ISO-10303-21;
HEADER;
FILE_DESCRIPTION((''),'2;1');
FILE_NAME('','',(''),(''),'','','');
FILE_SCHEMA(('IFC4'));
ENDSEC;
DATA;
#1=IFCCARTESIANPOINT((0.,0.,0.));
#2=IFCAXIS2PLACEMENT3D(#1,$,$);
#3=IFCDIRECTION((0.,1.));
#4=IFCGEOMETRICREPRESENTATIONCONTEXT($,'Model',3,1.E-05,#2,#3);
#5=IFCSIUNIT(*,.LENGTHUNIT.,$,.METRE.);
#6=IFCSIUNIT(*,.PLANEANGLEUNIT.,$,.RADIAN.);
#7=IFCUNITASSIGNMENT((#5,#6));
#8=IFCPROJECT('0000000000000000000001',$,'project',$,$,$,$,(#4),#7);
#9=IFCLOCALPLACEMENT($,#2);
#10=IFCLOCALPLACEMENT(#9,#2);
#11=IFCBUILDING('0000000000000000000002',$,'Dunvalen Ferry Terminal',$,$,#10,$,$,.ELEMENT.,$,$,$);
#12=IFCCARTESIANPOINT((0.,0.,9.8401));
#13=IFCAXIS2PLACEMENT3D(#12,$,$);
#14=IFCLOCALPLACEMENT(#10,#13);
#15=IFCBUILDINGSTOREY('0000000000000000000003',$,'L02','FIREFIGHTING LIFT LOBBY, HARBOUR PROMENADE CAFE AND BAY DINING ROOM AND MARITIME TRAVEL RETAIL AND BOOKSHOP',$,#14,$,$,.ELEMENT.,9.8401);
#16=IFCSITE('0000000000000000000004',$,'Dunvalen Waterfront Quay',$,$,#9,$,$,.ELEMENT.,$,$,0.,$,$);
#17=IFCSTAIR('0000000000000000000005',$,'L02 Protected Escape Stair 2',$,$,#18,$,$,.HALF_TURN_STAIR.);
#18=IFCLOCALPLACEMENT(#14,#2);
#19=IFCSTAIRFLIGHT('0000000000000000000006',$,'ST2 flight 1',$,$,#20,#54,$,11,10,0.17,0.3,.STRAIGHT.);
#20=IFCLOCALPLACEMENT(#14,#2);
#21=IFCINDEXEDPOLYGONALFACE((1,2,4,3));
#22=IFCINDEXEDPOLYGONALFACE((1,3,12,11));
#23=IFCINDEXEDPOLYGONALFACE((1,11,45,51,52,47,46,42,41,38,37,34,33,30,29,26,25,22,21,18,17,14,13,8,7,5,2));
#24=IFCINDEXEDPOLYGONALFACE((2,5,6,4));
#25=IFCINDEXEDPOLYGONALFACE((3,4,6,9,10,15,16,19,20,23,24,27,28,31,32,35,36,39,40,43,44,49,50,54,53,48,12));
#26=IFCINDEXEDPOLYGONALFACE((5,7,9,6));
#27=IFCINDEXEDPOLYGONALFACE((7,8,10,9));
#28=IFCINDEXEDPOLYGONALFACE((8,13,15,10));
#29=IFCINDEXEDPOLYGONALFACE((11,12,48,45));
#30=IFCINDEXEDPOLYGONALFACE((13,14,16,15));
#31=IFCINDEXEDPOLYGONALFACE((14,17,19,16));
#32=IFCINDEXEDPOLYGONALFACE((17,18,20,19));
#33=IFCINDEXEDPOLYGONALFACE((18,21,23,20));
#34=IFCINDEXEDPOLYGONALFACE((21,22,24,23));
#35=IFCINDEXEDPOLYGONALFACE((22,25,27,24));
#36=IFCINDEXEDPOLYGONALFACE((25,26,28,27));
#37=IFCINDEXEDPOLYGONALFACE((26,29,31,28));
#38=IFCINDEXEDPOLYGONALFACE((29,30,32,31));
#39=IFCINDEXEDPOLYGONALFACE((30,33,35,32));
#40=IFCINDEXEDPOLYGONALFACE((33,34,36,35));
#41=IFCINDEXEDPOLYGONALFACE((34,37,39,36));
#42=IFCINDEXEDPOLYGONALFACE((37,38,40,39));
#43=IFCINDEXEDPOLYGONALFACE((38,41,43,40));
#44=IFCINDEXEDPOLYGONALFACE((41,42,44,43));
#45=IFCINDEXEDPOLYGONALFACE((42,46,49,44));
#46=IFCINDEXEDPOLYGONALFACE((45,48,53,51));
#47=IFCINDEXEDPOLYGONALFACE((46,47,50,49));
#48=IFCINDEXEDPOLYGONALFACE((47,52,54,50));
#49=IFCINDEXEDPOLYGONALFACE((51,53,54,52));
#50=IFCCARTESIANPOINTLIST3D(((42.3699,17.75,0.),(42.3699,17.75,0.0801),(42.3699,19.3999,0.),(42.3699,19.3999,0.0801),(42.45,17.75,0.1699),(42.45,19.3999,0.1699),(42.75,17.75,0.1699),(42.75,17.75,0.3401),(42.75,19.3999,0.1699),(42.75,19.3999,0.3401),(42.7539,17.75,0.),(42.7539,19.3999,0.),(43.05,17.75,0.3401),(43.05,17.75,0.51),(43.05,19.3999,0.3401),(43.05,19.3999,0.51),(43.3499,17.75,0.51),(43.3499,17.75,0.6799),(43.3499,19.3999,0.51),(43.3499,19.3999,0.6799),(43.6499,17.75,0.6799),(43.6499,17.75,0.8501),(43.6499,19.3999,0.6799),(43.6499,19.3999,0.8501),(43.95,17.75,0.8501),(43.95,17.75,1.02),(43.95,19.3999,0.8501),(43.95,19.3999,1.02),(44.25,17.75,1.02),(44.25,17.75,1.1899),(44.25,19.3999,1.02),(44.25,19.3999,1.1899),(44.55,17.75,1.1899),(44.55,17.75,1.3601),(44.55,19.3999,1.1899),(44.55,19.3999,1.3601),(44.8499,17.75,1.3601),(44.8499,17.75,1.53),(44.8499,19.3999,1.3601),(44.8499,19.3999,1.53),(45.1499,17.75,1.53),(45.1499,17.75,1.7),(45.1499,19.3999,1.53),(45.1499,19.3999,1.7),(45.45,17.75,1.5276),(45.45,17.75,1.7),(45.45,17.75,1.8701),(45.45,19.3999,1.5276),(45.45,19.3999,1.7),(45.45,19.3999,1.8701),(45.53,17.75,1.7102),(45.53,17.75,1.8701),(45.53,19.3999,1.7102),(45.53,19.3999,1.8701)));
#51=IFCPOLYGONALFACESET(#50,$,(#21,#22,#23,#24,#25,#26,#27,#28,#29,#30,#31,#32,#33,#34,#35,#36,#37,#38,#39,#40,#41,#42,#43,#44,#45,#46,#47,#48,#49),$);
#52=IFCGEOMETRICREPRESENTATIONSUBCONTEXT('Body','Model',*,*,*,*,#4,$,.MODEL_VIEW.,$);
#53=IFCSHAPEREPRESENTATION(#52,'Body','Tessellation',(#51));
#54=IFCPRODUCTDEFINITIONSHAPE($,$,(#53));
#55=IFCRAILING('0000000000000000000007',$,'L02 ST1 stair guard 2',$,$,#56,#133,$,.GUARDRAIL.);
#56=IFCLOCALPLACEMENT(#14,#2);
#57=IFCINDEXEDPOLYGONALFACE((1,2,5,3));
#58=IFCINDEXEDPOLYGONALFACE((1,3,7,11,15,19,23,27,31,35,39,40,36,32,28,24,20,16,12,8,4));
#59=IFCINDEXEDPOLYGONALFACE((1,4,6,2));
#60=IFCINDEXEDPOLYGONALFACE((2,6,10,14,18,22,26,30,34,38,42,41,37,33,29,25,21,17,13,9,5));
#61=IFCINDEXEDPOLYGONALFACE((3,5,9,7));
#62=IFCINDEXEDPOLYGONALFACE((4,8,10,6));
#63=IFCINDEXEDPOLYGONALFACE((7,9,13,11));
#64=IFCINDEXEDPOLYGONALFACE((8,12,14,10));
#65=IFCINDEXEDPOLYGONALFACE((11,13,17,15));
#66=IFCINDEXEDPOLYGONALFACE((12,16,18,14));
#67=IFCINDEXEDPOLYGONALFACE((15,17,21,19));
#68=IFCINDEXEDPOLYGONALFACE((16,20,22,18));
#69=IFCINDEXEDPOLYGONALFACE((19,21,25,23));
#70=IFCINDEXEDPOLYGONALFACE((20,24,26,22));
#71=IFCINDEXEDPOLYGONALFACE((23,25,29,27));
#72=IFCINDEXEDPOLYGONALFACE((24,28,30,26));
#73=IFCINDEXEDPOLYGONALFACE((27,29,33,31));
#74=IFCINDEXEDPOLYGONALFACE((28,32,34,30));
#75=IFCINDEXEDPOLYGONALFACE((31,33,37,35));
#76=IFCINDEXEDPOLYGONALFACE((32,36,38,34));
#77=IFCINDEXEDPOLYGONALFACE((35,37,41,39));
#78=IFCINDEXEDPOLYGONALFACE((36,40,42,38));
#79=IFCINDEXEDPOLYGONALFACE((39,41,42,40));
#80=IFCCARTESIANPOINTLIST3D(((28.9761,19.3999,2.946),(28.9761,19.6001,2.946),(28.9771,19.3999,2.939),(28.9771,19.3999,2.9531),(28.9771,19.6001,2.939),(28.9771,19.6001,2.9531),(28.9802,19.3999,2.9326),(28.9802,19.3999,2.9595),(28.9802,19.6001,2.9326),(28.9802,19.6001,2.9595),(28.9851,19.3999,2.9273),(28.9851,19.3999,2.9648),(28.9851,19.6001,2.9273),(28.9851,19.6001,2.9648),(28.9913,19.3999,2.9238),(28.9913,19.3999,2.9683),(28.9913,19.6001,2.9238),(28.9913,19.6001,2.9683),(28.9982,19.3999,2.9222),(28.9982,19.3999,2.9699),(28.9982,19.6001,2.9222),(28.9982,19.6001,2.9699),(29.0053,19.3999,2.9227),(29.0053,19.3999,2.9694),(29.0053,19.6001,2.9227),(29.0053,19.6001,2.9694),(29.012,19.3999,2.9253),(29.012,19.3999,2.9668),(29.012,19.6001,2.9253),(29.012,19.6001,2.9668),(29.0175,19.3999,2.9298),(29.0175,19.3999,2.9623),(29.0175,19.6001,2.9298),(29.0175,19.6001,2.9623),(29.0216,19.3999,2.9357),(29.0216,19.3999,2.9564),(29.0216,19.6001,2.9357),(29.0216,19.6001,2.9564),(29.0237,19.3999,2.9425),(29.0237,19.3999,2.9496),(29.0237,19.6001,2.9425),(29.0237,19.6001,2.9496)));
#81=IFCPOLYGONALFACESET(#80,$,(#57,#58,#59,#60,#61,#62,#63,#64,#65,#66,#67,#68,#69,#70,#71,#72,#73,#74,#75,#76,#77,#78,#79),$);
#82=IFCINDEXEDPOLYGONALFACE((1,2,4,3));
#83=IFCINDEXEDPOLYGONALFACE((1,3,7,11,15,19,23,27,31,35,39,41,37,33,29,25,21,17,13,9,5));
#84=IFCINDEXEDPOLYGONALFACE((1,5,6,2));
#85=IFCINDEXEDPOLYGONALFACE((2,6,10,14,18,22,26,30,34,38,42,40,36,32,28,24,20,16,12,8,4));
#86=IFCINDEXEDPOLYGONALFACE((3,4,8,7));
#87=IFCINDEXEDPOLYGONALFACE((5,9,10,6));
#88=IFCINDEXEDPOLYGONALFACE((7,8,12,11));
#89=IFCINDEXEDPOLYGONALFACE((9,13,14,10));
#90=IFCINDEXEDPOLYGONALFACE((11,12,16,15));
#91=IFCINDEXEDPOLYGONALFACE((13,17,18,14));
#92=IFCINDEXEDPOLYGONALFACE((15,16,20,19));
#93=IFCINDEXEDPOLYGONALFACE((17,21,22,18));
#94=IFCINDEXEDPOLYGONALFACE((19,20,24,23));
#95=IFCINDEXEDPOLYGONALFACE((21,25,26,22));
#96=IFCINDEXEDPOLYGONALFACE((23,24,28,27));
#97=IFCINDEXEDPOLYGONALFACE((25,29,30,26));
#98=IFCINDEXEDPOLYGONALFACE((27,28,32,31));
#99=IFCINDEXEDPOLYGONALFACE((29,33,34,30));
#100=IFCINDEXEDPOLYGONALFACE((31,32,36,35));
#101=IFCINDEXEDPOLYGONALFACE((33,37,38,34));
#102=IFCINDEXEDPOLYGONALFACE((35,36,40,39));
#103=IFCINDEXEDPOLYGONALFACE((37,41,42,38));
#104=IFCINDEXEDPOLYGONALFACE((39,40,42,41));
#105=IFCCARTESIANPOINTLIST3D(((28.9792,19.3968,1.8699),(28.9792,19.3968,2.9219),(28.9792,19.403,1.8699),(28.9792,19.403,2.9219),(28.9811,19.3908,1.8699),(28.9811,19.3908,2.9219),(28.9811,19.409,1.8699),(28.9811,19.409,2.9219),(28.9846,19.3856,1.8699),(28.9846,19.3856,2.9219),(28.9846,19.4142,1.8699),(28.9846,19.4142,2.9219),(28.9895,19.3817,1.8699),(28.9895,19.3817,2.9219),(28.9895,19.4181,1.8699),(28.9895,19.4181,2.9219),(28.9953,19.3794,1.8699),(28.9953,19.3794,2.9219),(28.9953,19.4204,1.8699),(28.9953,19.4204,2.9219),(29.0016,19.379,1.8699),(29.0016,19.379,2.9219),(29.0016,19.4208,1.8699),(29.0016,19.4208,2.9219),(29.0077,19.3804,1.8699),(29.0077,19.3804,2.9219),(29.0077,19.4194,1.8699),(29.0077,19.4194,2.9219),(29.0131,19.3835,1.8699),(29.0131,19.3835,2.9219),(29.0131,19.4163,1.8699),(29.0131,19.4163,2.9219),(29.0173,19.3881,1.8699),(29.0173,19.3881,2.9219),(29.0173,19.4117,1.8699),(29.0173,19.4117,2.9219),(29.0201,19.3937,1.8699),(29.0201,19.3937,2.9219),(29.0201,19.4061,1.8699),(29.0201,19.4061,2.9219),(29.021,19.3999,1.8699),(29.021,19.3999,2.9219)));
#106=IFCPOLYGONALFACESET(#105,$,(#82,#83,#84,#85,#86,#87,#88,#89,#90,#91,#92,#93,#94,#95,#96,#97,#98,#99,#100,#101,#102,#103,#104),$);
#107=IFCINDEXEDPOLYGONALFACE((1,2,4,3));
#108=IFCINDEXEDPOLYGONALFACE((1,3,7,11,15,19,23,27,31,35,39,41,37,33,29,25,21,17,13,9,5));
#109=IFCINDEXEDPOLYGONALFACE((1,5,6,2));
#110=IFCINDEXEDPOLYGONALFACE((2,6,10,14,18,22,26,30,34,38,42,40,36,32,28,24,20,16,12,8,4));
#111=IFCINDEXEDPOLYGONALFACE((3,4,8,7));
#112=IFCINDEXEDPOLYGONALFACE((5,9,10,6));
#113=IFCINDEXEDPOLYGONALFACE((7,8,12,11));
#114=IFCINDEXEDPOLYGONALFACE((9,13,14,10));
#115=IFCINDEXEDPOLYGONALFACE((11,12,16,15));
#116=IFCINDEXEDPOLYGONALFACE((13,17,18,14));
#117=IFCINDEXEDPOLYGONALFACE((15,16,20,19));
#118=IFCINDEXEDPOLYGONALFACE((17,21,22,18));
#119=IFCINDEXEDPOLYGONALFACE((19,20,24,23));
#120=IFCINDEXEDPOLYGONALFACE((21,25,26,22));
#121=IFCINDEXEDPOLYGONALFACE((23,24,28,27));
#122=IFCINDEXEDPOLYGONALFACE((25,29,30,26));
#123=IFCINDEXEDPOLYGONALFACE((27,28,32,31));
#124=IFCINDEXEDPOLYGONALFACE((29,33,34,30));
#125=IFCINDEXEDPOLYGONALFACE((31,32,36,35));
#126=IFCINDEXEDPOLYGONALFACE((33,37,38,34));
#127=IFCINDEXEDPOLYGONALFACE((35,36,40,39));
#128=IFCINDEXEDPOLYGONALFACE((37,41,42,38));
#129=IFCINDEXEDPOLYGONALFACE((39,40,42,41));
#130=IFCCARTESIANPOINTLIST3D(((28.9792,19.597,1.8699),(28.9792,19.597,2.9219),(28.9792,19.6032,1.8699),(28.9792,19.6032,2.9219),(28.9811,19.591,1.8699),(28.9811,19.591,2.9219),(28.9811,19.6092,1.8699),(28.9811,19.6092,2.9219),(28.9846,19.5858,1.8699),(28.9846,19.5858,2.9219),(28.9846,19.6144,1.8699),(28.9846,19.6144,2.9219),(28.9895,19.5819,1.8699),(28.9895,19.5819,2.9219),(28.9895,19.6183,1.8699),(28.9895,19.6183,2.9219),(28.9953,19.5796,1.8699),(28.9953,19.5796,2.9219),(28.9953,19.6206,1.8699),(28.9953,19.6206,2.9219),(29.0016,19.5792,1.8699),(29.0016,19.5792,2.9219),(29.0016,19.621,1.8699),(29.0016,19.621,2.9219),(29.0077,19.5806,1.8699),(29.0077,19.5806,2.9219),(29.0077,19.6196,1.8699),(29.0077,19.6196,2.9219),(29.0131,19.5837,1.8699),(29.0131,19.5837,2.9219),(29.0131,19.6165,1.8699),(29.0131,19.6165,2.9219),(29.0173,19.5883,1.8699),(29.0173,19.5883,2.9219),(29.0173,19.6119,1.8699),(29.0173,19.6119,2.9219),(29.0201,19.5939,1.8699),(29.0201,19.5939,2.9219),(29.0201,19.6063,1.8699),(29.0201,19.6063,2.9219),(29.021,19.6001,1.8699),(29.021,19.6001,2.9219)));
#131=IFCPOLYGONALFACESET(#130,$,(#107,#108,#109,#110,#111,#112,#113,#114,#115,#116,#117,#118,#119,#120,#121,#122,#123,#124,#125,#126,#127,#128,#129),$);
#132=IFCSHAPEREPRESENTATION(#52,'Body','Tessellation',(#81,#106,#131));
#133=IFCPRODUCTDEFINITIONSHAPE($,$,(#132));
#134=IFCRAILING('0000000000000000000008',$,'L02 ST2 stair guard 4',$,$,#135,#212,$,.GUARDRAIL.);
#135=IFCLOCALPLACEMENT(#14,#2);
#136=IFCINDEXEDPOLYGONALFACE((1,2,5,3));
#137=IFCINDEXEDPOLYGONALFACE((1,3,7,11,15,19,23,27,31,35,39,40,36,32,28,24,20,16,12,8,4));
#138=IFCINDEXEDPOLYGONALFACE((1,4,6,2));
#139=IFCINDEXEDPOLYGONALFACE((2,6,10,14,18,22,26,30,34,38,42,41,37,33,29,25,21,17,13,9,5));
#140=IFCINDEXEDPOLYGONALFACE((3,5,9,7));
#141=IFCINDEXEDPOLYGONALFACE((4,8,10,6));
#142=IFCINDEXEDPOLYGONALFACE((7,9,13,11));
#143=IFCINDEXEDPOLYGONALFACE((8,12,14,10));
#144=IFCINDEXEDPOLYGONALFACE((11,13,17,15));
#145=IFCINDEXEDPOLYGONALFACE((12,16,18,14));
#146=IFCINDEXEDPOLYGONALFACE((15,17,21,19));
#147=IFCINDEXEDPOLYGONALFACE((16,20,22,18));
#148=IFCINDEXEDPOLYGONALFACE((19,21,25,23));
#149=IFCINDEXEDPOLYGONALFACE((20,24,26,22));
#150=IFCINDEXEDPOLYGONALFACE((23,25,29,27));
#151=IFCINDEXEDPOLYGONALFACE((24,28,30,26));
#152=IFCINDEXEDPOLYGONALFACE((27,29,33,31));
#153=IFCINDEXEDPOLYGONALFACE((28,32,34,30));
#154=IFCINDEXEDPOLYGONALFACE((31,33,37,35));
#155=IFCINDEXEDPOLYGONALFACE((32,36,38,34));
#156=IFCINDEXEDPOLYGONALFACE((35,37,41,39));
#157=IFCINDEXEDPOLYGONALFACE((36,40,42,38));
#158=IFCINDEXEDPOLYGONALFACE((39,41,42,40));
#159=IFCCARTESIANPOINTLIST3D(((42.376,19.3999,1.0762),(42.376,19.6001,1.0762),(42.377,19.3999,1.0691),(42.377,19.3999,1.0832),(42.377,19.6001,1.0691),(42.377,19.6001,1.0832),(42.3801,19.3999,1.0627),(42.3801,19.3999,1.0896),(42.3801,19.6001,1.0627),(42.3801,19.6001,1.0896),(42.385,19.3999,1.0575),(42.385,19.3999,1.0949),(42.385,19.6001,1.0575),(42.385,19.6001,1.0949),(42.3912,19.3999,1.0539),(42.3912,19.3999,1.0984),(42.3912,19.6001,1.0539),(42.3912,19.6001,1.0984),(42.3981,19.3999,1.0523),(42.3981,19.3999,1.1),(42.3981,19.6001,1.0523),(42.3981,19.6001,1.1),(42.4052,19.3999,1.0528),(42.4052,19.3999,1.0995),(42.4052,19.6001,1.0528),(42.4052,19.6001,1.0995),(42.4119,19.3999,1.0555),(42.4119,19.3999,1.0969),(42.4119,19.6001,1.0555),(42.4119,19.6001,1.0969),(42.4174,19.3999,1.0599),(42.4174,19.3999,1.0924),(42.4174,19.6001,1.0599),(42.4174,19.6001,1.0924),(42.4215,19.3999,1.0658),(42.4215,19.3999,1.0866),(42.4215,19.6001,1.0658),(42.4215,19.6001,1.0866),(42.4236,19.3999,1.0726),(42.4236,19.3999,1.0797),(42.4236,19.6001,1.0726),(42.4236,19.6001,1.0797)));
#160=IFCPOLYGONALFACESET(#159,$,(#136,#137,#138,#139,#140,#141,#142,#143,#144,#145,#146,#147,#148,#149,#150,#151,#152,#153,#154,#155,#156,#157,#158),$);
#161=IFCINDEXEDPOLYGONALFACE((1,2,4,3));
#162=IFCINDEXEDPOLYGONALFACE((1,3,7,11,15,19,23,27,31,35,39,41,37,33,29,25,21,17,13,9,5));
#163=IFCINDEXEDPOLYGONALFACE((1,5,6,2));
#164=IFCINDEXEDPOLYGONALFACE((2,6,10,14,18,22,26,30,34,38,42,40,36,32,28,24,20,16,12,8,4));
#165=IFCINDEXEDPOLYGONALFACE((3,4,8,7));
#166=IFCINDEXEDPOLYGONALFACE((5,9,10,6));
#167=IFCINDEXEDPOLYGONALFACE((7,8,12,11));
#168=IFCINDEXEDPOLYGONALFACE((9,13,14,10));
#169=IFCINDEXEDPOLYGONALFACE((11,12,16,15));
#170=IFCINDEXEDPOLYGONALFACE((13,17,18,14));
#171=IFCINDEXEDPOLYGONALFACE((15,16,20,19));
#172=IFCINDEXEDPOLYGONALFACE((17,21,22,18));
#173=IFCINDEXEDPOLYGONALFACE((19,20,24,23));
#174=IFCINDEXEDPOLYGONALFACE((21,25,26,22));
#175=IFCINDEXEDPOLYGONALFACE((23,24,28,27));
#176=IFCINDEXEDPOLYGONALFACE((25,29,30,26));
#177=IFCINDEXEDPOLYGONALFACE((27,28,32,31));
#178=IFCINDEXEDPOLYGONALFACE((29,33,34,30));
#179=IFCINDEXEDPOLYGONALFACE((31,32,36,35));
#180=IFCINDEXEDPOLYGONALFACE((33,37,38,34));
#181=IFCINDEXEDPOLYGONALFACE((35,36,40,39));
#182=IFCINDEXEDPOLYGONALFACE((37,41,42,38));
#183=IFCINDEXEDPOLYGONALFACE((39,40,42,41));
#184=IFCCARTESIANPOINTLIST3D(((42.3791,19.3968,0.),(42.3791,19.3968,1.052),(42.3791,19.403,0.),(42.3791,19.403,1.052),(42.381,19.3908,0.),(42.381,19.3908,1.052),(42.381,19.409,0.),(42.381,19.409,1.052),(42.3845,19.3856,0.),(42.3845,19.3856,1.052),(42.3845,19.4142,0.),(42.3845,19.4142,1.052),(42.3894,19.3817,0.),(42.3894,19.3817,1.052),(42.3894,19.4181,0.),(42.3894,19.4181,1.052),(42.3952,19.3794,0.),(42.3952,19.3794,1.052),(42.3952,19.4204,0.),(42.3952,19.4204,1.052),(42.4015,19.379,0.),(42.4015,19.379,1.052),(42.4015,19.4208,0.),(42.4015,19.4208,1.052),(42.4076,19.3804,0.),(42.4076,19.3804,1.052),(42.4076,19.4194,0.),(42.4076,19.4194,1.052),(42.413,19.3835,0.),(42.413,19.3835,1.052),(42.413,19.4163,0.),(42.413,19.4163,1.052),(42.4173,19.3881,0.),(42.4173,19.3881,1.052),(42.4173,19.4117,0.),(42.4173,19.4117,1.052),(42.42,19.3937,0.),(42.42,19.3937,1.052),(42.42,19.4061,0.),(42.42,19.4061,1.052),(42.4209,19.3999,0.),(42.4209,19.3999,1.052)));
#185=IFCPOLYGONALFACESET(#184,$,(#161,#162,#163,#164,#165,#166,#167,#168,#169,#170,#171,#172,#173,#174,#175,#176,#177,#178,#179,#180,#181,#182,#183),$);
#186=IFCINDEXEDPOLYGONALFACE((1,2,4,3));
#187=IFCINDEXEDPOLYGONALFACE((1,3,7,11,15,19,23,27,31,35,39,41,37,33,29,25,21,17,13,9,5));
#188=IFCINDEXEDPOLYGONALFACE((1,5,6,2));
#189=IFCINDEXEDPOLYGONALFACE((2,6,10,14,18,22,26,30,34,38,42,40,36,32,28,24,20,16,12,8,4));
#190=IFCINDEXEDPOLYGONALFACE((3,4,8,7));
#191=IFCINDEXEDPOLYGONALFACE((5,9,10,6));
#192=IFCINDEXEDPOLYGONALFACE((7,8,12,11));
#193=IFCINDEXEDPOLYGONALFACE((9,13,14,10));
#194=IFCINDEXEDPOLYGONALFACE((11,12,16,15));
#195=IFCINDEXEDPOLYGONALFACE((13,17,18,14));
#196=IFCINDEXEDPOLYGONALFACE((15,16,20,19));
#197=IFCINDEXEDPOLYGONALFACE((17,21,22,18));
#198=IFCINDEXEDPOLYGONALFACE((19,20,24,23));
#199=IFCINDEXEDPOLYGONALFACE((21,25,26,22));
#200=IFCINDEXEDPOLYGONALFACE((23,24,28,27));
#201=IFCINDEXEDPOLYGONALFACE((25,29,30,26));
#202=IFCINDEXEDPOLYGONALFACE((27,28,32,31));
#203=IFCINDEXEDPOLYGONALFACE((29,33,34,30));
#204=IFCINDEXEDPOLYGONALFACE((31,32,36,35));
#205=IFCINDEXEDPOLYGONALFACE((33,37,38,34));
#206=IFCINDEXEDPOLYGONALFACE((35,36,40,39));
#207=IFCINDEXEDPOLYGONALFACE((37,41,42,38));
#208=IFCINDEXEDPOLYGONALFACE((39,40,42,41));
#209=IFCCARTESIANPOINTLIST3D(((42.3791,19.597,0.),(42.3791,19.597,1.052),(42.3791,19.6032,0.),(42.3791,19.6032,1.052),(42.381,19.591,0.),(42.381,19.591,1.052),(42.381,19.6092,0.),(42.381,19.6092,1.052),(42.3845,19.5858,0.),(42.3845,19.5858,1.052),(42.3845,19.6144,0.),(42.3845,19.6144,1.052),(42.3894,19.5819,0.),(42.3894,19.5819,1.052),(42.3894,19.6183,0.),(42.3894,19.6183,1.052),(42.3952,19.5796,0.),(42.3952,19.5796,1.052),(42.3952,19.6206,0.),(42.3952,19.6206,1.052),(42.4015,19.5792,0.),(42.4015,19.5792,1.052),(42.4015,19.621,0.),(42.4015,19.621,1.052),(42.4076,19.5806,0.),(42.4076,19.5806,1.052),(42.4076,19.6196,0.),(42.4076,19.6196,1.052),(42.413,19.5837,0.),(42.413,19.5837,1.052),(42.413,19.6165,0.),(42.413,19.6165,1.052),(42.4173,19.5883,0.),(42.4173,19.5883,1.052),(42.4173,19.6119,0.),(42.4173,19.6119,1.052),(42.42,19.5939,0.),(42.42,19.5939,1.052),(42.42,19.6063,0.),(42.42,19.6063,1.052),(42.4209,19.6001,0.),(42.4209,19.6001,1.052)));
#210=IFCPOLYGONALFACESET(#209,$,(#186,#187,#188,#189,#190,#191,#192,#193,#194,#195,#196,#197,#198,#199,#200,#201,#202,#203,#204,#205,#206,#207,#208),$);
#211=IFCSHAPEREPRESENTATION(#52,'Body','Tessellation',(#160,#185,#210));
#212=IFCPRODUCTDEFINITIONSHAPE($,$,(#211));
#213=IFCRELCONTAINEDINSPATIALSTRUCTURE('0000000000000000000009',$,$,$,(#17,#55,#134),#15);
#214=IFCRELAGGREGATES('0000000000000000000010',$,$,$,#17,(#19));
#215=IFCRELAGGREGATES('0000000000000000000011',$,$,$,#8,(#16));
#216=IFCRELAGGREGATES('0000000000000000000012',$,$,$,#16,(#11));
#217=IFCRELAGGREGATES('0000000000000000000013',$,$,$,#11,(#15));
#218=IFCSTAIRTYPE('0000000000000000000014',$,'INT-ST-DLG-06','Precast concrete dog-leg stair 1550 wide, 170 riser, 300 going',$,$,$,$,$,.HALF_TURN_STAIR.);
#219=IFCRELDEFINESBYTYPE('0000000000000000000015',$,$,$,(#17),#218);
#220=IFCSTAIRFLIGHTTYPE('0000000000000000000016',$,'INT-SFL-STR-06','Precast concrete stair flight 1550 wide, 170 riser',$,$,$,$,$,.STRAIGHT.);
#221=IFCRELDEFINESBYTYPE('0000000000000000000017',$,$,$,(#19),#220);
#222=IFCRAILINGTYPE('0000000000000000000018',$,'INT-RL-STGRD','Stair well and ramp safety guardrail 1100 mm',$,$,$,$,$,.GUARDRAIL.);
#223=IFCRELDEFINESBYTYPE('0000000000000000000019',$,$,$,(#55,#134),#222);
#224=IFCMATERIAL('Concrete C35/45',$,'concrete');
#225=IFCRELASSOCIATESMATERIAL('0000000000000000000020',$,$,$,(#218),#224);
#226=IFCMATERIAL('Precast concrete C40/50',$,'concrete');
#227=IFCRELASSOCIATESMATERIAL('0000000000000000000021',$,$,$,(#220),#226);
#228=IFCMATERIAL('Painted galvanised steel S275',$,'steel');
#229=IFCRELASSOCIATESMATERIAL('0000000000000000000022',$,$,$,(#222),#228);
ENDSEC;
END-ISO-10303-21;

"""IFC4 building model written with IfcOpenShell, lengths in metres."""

from ifc_helpers import new_model, si_unit, direction, frame, origin, origin_2d, place, context, subcontext, project, spatial, polyline, circle, outline, extrude, material, type_object, element, aggregate, save


model = new_model("IFC4")

# Units and contexts
model_context = context("Model", 3, precision=1e-05, world=origin(), true_north=direction((0.0, 1.0)))
body_context = subcontext(model_context, "Body", "Model", "MODEL_VIEW")
ifc_project = project(units=[si_unit("LENGTHUNIT", "METRE"), si_unit("PLANEANGLEUNIT", "RADIAN")], contexts=[model_context])

# Site, building, storey
site_placement = place(None, origin())
site = spatial("IfcSite", under=ifc_project, at=site_placement, Name="Dunvalen Waterfront Quay", CompositionType="ELEMENT", RefElevation=0.0)
building_placement = place(site_placement, origin())
building = spatial("IfcBuilding", under=site, at=building_placement, Name="Dunvalen Ferry Terminal", CompositionType="ELEMENT")
storey_placement = place(building_placement, frame((0.0, 0.0, 9.8401)))
storey = spatial("IfcBuildingStorey", under=building, at=storey_placement, Name="L02", Description="FIREFIGHTING LIFT LOBBY, HARBOUR PROMENADE CAFE AND BAY DINING ROOM AND MARITIME TRAVEL RETAIL AND BOOKSHOP", CompositionType="ELEMENT", Elevation=9.8401)

# Shared definitions
ifc_material_1 = material(Name="Concrete C35/45", Category="concrete")

# Stair, stair flight
stair_type = type_object("IfcStairType", Name="INT-ST-DLG-06", Description="Precast concrete dog-leg stair 1550 wide, 170 riser, 300 going", PredefinedType="HALF_TURN_STAIR", material=ifc_material_1)
stair_placement = place(storey_placement, origin())
stair = element("IfcStair", 1, at=stair_placement, inside=storey, type_object=stair_type, Name="L02 Protected Escape Stair 2", PredefinedType="HALF_TURN_STAIR")
ifc_material_2 = material(Name="Precast concrete C40/50", Category="concrete")
stair_flight_type = type_object("IfcStairFlightType", Name="INT-SFL-STR-06", Description="Precast concrete stair flight 1550 wide, 170 riser", PredefinedType="STRAIGHT", material=ifc_material_2)
stair_flight_placement = place(storey_placement, frame((42.45, 18.575, 0.0), z_axis=(0.0, 0.0, 1.0), x_axis=(1.0, 0.0, 0.0)))
stair_flight = element("IfcStairFlight", 2, at=stair_flight_placement, type_object=stair_flight_type, Name="ST2 flight 1", NumberOfRisers=11, NumberOfTreads=10, PredefinedType="STRAIGHT", RiserHeight=0.17, TreadLength=0.3, context=body_context, shape_type="SweptSolid", body=[
    extrude(outline(polyline([(-0.0801, 0.0), (-0.0801, 0.0801), (0.0, 0.1699), (0.3, 0.1699), (0.3, 0.3401), (0.6001, 0.3401), (0.6001, 0.51), (0.8999, 0.51), (0.8999, 0.6799), (1.2, 0.6799), (1.2, 0.8501), (1.5, 0.8501), (1.5, 1.02), (1.8, 1.02), (1.8, 1.1899), (2.1001, 1.1899), (2.1001, 1.3601), (2.3999, 1.3601), (2.3999, 1.53), (2.7, 1.53), (2.7, 1.7), (3.0, 1.7), (3.0, 1.8701), (3.0801, 1.8701), (3.0801, 1.7102), (3.0, 1.5276), (0.304, 0.0), (-0.0801, 0.0)])), frame((0.0, 0.825, 0.0), z_axis=(0.0, -1.0, 0.0), x_axis=(1.0, 0.0, 0.0)), (0.0, 0.0, 1.0), 1.6499),
])
aggregate(stair, [stair_flight])

# Railings
ifc_material_3 = material(Name="Painted galvanised steel S275", Category="steel")
railing_type_1 = type_object("IfcRailingType", Name="INT-RL-STGRD", Description="Stair well and ramp safety guardrail 1100 mm", PredefinedType="GUARDRAIL", material=ifc_material_3)
for number, where, name in (
    (3, (29.0, 19.3999, 1.8699), "L02 ST1 stair guard 2"),
    (4, (42.3999, 19.3999, 0.0), "L02 ST2 stair guard 4"),
):
    element("IfcRailing", number, at=place(storey_placement, frame(where)), inside=storey, type_object=railing_type_1, Name=name, PredefinedType="GUARDRAIL", context=body_context, shape_type="SweptSolid", body=[
        extrude(circle(Radius=0.0239, at=origin_2d()), frame((0.0, 0.0, 1.0762), z_axis=(0.0, 1.0, 0.0), x_axis=(-1.0, 0.0, 0.0)), (0.0, 0.0, 1.0), 0.2002),
        extrude(circle(Radius=0.021, at=origin_2d()), origin(), (0.0, 0.0, 1.0), 1.052),
        extrude(circle(Radius=0.021, at=origin_2d()), frame((0.0, 0.2002, 0.0)), (0.0, 0.0, 1.0), 1.052),
    ])

save(model, "model.ifc")
